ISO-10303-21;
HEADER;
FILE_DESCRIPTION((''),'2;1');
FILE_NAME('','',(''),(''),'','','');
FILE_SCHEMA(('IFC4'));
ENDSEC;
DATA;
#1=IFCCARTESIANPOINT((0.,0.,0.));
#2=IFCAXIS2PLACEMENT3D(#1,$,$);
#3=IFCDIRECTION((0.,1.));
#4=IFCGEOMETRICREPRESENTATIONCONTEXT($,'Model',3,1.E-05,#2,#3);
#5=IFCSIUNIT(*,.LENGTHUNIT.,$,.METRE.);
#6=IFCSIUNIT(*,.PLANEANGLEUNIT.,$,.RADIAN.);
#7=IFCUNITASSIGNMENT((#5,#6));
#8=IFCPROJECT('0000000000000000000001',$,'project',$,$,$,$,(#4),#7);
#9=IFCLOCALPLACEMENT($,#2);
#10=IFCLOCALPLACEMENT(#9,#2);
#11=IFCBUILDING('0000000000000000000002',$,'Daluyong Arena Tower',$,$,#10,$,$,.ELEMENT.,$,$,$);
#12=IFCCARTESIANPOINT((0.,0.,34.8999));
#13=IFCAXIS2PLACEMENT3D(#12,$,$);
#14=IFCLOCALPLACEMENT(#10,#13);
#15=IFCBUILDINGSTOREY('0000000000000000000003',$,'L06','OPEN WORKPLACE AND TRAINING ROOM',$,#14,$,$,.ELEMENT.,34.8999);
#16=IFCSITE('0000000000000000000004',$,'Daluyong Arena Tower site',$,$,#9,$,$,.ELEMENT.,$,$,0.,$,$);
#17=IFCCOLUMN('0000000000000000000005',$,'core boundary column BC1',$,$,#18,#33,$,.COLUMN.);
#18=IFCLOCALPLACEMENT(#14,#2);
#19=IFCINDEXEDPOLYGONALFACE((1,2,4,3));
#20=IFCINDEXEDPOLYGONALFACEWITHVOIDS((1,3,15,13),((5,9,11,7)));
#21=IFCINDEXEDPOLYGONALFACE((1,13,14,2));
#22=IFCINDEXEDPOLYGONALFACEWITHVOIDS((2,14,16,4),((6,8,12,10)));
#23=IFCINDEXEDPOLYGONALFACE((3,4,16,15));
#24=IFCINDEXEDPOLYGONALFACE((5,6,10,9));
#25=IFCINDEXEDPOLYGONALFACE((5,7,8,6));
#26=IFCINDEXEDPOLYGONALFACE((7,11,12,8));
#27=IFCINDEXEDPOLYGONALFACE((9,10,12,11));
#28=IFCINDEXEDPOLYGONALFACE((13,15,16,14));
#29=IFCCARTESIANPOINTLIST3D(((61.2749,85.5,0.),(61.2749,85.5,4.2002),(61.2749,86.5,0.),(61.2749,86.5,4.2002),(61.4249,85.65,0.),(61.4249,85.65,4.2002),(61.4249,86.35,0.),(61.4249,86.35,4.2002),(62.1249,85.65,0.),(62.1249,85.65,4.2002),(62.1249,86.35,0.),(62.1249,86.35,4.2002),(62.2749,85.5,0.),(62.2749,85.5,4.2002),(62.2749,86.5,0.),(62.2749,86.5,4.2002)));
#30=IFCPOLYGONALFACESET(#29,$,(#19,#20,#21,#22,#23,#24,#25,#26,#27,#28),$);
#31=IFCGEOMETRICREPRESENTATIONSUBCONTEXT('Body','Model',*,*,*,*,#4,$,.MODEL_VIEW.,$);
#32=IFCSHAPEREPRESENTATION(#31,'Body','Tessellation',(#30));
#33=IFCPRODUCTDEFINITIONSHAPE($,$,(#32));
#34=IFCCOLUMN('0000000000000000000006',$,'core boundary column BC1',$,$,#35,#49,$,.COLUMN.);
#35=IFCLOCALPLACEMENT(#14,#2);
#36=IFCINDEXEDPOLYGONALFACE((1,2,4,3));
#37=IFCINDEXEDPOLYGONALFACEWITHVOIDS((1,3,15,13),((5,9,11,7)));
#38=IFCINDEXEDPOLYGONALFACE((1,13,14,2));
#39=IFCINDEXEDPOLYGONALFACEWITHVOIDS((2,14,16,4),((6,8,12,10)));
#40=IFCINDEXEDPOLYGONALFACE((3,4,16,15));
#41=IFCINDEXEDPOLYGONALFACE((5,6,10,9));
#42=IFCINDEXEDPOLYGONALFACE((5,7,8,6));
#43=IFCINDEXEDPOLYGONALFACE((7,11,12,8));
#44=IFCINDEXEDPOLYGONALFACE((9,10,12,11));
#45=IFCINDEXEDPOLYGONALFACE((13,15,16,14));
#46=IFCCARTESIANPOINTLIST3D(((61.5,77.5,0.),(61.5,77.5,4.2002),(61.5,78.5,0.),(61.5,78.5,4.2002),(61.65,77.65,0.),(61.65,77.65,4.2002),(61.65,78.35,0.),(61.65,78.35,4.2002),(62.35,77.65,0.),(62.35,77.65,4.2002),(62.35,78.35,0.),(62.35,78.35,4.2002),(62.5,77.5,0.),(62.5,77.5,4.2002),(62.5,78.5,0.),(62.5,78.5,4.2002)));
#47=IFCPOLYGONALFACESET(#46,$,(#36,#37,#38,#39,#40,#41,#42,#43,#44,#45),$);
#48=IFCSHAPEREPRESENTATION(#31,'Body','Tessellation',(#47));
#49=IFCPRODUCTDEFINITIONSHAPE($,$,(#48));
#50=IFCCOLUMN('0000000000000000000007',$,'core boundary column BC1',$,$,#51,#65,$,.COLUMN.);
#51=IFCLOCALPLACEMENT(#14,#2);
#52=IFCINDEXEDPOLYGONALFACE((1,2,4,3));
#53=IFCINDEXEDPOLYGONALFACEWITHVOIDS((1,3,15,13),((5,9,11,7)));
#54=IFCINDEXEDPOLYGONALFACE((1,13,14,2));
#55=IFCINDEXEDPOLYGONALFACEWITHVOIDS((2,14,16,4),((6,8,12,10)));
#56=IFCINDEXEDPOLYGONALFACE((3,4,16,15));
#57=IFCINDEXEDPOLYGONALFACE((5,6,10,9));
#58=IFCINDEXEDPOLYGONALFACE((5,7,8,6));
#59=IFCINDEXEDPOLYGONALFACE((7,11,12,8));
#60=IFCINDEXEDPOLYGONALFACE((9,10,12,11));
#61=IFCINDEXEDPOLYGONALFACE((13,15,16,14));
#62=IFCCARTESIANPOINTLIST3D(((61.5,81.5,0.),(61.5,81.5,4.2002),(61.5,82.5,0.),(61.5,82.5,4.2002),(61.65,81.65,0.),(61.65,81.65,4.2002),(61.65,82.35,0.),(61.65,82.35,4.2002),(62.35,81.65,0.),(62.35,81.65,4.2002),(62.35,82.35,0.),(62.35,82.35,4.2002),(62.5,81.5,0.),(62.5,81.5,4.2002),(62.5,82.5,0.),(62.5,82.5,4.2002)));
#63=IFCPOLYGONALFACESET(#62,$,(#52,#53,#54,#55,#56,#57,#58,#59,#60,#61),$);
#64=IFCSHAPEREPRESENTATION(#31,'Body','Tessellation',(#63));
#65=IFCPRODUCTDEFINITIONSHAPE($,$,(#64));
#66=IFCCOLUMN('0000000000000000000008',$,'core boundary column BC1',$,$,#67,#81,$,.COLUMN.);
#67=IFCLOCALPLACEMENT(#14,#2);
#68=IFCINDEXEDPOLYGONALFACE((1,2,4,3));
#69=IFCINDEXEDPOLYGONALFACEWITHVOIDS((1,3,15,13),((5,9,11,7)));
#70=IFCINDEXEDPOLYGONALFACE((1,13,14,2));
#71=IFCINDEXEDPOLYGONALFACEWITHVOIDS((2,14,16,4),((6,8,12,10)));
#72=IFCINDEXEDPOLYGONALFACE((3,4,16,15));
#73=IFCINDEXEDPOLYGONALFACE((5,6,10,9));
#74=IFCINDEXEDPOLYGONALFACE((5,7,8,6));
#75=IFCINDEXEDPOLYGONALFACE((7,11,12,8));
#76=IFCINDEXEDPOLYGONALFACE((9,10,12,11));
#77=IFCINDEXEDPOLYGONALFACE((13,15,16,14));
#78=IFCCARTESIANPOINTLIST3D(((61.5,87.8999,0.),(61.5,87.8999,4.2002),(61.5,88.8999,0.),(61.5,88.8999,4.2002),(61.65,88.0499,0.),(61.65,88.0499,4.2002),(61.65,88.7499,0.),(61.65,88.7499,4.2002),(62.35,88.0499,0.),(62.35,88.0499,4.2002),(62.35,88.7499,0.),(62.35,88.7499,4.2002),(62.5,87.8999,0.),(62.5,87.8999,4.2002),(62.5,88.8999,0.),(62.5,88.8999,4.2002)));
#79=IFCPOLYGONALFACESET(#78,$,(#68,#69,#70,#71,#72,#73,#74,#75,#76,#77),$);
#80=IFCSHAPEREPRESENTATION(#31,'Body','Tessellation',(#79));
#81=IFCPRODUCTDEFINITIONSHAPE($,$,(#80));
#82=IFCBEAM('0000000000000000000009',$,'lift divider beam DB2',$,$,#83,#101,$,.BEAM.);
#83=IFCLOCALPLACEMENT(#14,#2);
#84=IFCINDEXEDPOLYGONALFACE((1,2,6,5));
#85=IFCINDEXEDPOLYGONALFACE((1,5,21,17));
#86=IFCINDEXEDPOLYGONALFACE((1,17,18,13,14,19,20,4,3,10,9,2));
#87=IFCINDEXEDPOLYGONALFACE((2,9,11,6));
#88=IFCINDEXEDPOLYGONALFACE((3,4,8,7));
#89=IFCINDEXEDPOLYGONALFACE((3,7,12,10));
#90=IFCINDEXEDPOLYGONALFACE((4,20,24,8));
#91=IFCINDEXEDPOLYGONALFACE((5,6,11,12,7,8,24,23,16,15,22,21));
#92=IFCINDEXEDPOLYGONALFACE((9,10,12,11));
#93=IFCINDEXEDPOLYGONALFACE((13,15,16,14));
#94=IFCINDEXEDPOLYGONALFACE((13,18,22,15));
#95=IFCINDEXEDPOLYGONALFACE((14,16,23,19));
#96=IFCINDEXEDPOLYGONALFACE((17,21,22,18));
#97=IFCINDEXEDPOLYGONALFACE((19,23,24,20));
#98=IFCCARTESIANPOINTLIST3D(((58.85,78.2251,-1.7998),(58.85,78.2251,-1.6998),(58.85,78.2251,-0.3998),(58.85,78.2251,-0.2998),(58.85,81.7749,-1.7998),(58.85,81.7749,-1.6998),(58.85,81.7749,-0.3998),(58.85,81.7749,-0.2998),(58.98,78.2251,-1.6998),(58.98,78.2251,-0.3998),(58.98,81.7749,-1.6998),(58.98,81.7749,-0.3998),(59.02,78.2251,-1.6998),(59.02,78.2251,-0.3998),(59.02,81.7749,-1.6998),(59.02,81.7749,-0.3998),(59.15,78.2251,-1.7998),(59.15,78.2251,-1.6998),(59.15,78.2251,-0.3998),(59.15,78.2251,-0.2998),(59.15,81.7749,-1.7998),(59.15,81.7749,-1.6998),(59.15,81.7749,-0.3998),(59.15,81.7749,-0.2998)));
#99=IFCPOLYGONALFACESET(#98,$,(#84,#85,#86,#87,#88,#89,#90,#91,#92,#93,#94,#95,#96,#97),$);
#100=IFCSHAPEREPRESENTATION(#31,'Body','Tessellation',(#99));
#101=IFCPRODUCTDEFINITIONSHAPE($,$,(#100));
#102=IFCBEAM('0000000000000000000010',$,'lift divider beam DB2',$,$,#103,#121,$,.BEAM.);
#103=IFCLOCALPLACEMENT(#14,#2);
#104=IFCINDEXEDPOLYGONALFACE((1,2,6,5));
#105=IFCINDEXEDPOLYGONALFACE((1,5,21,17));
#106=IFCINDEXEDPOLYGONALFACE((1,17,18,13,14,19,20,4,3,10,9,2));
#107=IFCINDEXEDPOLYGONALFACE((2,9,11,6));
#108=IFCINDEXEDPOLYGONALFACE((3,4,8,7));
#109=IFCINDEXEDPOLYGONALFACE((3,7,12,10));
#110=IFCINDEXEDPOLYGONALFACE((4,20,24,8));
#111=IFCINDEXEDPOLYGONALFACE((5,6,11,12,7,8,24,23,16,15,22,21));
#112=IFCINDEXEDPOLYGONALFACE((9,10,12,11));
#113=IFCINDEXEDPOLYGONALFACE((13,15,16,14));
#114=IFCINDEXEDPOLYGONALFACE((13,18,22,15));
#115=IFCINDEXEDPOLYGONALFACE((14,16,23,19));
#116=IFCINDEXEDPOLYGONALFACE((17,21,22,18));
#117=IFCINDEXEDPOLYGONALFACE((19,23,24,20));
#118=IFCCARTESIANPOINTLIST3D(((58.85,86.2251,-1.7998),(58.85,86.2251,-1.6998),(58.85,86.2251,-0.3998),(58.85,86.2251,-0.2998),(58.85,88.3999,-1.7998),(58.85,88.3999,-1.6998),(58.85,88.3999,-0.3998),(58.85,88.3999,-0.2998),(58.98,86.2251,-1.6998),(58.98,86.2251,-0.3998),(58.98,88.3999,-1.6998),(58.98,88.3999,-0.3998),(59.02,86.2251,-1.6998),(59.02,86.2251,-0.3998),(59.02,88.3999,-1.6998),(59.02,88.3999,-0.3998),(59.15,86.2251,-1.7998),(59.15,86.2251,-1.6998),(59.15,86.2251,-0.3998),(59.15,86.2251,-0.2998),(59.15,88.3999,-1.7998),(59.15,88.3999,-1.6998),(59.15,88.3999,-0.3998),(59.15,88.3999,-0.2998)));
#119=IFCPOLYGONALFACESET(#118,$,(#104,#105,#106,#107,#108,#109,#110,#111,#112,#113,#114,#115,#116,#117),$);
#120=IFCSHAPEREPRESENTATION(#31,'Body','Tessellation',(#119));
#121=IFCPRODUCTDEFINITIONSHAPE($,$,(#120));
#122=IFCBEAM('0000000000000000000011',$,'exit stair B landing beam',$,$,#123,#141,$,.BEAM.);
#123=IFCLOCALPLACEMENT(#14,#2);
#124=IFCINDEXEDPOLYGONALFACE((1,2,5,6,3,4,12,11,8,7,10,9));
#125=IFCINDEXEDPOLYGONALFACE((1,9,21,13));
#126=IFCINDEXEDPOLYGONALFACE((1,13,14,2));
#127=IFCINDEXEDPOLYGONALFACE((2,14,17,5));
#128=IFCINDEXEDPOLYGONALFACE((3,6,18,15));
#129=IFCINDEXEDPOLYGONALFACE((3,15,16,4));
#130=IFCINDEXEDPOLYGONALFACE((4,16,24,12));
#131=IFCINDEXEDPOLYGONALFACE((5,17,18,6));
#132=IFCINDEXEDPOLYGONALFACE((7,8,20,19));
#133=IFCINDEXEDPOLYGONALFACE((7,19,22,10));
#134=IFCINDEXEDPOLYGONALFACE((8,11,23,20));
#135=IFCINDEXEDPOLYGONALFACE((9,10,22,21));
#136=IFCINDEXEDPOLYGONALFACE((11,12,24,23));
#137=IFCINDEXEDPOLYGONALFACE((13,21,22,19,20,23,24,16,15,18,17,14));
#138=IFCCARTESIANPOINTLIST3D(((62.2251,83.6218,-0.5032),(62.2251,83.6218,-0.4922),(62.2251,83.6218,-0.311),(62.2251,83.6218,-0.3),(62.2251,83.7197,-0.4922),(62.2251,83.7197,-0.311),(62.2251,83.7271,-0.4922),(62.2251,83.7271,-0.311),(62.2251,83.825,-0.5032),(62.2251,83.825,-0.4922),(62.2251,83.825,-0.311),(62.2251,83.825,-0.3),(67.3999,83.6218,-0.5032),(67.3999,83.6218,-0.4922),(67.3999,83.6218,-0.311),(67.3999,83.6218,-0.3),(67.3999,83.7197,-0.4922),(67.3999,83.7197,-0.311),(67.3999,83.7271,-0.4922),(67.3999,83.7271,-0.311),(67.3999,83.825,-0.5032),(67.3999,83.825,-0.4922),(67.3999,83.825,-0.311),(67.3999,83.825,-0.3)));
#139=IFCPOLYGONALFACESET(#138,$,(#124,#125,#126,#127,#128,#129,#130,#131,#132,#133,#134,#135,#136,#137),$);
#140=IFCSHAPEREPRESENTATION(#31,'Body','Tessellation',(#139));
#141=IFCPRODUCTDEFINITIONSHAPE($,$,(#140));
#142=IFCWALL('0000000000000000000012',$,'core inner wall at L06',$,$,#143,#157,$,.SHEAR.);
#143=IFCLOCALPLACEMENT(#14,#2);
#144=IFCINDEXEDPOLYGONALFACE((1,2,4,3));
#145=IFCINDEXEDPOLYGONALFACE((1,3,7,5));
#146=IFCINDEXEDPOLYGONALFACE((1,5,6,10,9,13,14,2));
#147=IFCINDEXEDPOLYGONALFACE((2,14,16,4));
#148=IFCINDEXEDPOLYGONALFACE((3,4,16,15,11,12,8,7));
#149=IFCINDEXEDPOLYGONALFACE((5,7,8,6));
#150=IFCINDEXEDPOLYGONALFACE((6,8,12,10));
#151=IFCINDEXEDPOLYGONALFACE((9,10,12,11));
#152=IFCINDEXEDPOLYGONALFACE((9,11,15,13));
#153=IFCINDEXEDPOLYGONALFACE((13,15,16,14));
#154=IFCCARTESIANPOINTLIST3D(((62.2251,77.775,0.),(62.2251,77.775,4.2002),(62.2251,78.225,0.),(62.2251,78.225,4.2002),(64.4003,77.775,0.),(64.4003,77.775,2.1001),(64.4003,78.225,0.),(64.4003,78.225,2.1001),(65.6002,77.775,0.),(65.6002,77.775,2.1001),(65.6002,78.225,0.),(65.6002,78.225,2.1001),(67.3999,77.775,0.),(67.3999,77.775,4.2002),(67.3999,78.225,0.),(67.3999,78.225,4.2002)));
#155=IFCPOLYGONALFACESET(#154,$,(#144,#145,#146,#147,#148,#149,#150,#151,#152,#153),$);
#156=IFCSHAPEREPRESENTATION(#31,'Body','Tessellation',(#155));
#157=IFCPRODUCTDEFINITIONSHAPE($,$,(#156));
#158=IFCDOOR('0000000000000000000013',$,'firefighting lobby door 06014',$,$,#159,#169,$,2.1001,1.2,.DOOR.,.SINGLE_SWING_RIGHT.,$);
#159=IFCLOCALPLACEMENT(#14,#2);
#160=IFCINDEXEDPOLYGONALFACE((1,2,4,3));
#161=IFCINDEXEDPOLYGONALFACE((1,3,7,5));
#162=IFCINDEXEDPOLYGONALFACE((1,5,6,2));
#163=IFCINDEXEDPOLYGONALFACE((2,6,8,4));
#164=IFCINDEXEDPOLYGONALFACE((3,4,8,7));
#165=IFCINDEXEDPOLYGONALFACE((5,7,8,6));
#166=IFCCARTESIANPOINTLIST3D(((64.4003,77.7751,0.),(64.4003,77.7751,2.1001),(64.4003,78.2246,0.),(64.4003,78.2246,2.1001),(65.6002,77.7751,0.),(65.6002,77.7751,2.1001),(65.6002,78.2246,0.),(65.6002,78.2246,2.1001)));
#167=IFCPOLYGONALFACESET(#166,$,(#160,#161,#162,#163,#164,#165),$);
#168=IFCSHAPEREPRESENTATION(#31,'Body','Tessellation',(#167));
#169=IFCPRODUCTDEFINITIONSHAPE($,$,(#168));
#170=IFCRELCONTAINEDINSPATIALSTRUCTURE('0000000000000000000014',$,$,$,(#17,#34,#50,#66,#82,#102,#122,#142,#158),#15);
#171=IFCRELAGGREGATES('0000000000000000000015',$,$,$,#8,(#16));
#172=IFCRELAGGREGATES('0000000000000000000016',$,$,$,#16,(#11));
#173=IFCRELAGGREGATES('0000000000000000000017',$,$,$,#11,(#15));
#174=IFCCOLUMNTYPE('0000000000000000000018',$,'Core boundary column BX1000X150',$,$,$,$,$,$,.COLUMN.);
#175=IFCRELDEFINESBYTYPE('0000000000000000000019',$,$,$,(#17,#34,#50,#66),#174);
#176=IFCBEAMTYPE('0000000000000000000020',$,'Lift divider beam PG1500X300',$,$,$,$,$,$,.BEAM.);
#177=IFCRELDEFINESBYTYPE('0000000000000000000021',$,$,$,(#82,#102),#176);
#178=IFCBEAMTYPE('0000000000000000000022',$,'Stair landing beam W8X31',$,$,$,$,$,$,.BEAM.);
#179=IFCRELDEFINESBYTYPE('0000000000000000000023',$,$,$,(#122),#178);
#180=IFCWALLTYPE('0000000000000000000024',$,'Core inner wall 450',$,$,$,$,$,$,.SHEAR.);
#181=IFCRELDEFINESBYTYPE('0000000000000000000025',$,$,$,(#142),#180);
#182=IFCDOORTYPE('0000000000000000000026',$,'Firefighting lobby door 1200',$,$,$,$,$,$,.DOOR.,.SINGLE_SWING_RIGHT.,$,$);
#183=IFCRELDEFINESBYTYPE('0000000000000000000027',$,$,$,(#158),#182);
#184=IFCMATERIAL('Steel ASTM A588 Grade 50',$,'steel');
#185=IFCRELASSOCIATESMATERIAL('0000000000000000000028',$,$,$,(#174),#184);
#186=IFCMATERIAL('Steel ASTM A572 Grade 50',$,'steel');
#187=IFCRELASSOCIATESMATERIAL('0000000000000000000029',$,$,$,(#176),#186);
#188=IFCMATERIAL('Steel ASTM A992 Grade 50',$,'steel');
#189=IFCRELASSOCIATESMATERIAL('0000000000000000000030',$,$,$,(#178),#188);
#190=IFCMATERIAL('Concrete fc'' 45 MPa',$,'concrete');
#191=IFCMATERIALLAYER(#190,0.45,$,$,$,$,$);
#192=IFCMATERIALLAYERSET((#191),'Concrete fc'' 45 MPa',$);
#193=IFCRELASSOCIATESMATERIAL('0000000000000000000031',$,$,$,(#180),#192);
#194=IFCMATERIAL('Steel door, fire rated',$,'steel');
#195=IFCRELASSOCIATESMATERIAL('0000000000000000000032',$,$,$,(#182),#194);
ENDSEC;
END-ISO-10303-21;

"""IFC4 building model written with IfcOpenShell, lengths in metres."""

from ifc_helpers import new_model, si_unit, direction, frame, frame_2d, origin, origin_2d, place, context, subcontext, project, spatial, rectangle, hollow_rectangle, i_section, extrude, material, layer, layer_set, material_profile, profile_set, type_object, element, fill, save


model = new_model("IFC4")

# Units and contexts
model_context = context("Model", 3, precision=1e-05, world=origin(), true_north=direction((0.0, 1.0)))
body_context = subcontext(model_context, "Body", "Model", "MODEL_VIEW")
ifc_project = project(units=[si_unit("LENGTHUNIT", "METRE"), si_unit("PLANEANGLEUNIT", "RADIAN")], contexts=[model_context])

# Site, building, storey
site_placement = place(None, origin())
site = spatial("IfcSite", under=ifc_project, at=site_placement, Name="Daluyong Arena Tower site", CompositionType="ELEMENT", RefElevation=0.0)
building_placement = place(site_placement, origin())
building = spatial("IfcBuilding", under=site, at=building_placement, Name="Daluyong Arena Tower", CompositionType="ELEMENT")
storey_placement = place(building_placement, frame((0.0, 0.0, 34.8999)))
storey = spatial("IfcBuildingStorey", under=building, at=storey_placement, Name="L06", Description="OPEN WORKPLACE AND TRAINING ROOM", CompositionType="ELEMENT", Elevation=34.8999)

# Columns
ifc_material_1 = material(Name="Steel ASTM A588 Grade 50", Category="steel")
ifc_material_profile_1 = material_profile(ifc_material_1, hollow_rectangle(XDim=1.0, YDim=1.0, WallThickness=0.15, at=origin_2d()))
ifc_profile_set_1 = profile_set([ifc_material_profile_1], Name="Steel ASTM A588 Grade 50")
column_type = type_object("IfcColumnType", Name="Core boundary column BX1000X150", PredefinedType="COLUMN", material=ifc_profile_set_1)
for number, where, z_axis, x_axis, name in (
    (1, (61.7749, 86.0, 0.0), (0.0, 0.0, 1.0), (1.0, 0.0, 0.0), "core boundary column BC1"),
    (2, (62.0, 78.0, 0.0), (0.0, 0.0, 1.0), (1.0, 0.0, 0.0), "core boundary column BC1"),
    (3, (62.0, 82.0, 0.0), (0.0, 0.0, 1.0), (1.0, 0.0, 0.0), "core boundary column BC1"),
    (4, (62.0, 88.3999, 0.0), (0.0, 0.0, 1.0), (1.0, 0.0, 0.0), "core boundary column BC1"),
):
    element("IfcColumn", number, at=place(storey_placement, frame(where, z_axis=z_axis, x_axis=x_axis)), inside=storey, type_object=column_type, Name=name, PredefinedType="COLUMN", context=body_context, shape_type="SweptSolid", body=[
        extrude(hollow_rectangle(XDim=1.0, YDim=1.0, WallThickness=0.15, at=origin_2d()), origin(), (0.0, 0.0, 1.0), 4.2002),
    ])

# Beams
ifc_material_2 = material(Name="Steel ASTM A572 Grade 50", Category="steel")
ifc_material_profile_2 = material_profile(ifc_material_2, i_section(OverallWidth=0.3, OverallDepth=1.5, WebThickness=0.04, FlangeThickness=0.1, at=origin_2d()))
ifc_profile_set_2 = profile_set([ifc_material_profile_2], Name="Steel ASTM A572 Grade 50")
beam_type_1 = type_object("IfcBeamType", Name="Lift divider beam PG1500X300", PredefinedType="BEAM", material=ifc_profile_set_2)
beam_1_placement = place(storey_placement, frame((59.0, 78.2251, -1.0498), z_axis=(0.0, 1.0, 0.0), x_axis=(-1.0, 0.0, 0.0)))
element("IfcBeam", 5, at=beam_1_placement, inside=storey, type_object=beam_type_1, Name="lift divider beam DB2", PredefinedType="BEAM", context=body_context, shape_type="SweptSolid", body=[
    extrude(i_section(OverallWidth=0.3, OverallDepth=1.5, WebThickness=0.04, FlangeThickness=0.1, at=origin_2d()), origin(), (0.0, 0.0, 1.0), 3.5498),
])
beam_2_placement = place(storey_placement, frame((59.0, 86.2251, -1.0498), z_axis=(0.0, 1.0, 0.0), x_axis=(-1.0, 0.0, 0.0)))
element("IfcBeam", 6, at=beam_2_placement, inside=storey, type_object=beam_type_1, Name="lift divider beam DB2", PredefinedType="BEAM", context=body_context, shape_type="SweptSolid", body=[
    extrude(i_section(OverallWidth=0.3, OverallDepth=1.5, WebThickness=0.04, FlangeThickness=0.1, at=origin_2d()), origin(), (0.0, 0.0, 1.0), 2.1748),
])
ifc_material_3 = material(Name="Steel ASTM A992 Grade 50", Category="steel")
ifc_material_profile_3 = material_profile(ifc_material_3, i_section(OverallWidth=0.2031, OverallDepth=0.2031, WebThickness=0.0073, FlangeThickness=0.011, at=origin_2d()))
ifc_profile_set_3 = profile_set([ifc_material_profile_3], Name="Steel ASTM A992 Grade 50")
beam_type_2 = type_object("IfcBeamType", Name="Stair landing beam W8X31", PredefinedType="BEAM", material=ifc_profile_set_3)
beam_3_placement = place(storey_placement, frame((62.2251, 83.7234, -0.4016), z_axis=(1.0, 0.0, 0.0), x_axis=(0.0, 1.0, 0.0)))
element("IfcBeam", 7, at=beam_3_placement, inside=storey, type_object=beam_type_2, Name="exit stair B landing beam", PredefinedType="BEAM", context=body_context, shape_type="SweptSolid", body=[
    extrude(i_section(OverallWidth=0.2031, OverallDepth=0.2031, WebThickness=0.0073, FlangeThickness=0.011, at=origin_2d()), origin(), (0.0, 0.0, 1.0), 5.1748),
])

# Wall, opening, door
ifc_material_4 = material(Name="Concrete fc' 45 MPa", Category="concrete")
ifc_layer_1 = layer(ifc_material_4, 0.45)
ifc_layer_set_1 = layer_set([ifc_layer_1], Name="Concrete fc' 45 MPa")
wall_type_1 = type_object("IfcWallType", Name="Core inner wall 450", PredefinedType="SHEAR", material=ifc_layer_set_1)
wall_1_placement = place(storey_placement, frame((62.2251, 78.0, 0.0), z_axis=(0.0, 0.0, 1.0), x_axis=(1.0, 0.0, 0.0)))
wall_1 = element("IfcWall", 8, at=wall_1_placement, inside=storey, type_object=wall_type_1, Name="core inner wall at L06", PredefinedType="SHEAR", context=body_context, shape_type="SweptSolid", body=[
    extrude(rectangle(XDim=5.1748, YDim=0.45, at=frame_2d((2.5874, 0.0))), origin(), (0.0, 0.0, 1.0), 4.2002),
])
opening_1_placement = place(wall_1_placement, frame((2.175, 0.0, 0.0)))
opening_1 = element("IfcOpeningElement", 9, at=opening_1_placement, cuts=wall_1, PredefinedType="OPENING", context=body_context, shape_type="SweptSolid", body=[
    extrude(rectangle(XDim=1.2, YDim=2.1001, at=frame_2d((0.6001, 1.05))), frame((0.0, 0.2349, 0.0), z_axis=(0.0, -1.0, 0.0), x_axis=(1.0, 0.0, 0.0)), (0.0, 0.0, 1.0), 0.47),
])
ifc_material_5 = material(Name="Steel door, fire rated", Category="steel")
door_type_1 = type_object("IfcDoorType", Name="Firefighting lobby door 1200", OperationType="SINGLE_SWING_RIGHT", PredefinedType="DOOR", material=ifc_material_5)
door_1_placement = place(opening_1_placement, origin())
door_1 = element("IfcDoor", 10, at=door_1_placement, inside=storey, type_object=door_type_1, Name="firefighting lobby door 06014", OperationType="SINGLE_SWING_RIGHT", OverallHeight=2.1001, OverallWidth=1.2, PredefinedType="DOOR", context=body_context, shape_type="SweptSolid", body=[
    extrude(rectangle(XDim=1.2, YDim=2.1001, at=frame_2d((0.6001, 1.05))), frame((0.0, 0.2246, 0.0), z_axis=(0.0, -1.0, 0.0), x_axis=(1.0, 0.0, 0.0)), (0.0, 0.0, 1.0), 0.4495),
])
fill(opening_1, door_1)

save(model, "model.ifc")
